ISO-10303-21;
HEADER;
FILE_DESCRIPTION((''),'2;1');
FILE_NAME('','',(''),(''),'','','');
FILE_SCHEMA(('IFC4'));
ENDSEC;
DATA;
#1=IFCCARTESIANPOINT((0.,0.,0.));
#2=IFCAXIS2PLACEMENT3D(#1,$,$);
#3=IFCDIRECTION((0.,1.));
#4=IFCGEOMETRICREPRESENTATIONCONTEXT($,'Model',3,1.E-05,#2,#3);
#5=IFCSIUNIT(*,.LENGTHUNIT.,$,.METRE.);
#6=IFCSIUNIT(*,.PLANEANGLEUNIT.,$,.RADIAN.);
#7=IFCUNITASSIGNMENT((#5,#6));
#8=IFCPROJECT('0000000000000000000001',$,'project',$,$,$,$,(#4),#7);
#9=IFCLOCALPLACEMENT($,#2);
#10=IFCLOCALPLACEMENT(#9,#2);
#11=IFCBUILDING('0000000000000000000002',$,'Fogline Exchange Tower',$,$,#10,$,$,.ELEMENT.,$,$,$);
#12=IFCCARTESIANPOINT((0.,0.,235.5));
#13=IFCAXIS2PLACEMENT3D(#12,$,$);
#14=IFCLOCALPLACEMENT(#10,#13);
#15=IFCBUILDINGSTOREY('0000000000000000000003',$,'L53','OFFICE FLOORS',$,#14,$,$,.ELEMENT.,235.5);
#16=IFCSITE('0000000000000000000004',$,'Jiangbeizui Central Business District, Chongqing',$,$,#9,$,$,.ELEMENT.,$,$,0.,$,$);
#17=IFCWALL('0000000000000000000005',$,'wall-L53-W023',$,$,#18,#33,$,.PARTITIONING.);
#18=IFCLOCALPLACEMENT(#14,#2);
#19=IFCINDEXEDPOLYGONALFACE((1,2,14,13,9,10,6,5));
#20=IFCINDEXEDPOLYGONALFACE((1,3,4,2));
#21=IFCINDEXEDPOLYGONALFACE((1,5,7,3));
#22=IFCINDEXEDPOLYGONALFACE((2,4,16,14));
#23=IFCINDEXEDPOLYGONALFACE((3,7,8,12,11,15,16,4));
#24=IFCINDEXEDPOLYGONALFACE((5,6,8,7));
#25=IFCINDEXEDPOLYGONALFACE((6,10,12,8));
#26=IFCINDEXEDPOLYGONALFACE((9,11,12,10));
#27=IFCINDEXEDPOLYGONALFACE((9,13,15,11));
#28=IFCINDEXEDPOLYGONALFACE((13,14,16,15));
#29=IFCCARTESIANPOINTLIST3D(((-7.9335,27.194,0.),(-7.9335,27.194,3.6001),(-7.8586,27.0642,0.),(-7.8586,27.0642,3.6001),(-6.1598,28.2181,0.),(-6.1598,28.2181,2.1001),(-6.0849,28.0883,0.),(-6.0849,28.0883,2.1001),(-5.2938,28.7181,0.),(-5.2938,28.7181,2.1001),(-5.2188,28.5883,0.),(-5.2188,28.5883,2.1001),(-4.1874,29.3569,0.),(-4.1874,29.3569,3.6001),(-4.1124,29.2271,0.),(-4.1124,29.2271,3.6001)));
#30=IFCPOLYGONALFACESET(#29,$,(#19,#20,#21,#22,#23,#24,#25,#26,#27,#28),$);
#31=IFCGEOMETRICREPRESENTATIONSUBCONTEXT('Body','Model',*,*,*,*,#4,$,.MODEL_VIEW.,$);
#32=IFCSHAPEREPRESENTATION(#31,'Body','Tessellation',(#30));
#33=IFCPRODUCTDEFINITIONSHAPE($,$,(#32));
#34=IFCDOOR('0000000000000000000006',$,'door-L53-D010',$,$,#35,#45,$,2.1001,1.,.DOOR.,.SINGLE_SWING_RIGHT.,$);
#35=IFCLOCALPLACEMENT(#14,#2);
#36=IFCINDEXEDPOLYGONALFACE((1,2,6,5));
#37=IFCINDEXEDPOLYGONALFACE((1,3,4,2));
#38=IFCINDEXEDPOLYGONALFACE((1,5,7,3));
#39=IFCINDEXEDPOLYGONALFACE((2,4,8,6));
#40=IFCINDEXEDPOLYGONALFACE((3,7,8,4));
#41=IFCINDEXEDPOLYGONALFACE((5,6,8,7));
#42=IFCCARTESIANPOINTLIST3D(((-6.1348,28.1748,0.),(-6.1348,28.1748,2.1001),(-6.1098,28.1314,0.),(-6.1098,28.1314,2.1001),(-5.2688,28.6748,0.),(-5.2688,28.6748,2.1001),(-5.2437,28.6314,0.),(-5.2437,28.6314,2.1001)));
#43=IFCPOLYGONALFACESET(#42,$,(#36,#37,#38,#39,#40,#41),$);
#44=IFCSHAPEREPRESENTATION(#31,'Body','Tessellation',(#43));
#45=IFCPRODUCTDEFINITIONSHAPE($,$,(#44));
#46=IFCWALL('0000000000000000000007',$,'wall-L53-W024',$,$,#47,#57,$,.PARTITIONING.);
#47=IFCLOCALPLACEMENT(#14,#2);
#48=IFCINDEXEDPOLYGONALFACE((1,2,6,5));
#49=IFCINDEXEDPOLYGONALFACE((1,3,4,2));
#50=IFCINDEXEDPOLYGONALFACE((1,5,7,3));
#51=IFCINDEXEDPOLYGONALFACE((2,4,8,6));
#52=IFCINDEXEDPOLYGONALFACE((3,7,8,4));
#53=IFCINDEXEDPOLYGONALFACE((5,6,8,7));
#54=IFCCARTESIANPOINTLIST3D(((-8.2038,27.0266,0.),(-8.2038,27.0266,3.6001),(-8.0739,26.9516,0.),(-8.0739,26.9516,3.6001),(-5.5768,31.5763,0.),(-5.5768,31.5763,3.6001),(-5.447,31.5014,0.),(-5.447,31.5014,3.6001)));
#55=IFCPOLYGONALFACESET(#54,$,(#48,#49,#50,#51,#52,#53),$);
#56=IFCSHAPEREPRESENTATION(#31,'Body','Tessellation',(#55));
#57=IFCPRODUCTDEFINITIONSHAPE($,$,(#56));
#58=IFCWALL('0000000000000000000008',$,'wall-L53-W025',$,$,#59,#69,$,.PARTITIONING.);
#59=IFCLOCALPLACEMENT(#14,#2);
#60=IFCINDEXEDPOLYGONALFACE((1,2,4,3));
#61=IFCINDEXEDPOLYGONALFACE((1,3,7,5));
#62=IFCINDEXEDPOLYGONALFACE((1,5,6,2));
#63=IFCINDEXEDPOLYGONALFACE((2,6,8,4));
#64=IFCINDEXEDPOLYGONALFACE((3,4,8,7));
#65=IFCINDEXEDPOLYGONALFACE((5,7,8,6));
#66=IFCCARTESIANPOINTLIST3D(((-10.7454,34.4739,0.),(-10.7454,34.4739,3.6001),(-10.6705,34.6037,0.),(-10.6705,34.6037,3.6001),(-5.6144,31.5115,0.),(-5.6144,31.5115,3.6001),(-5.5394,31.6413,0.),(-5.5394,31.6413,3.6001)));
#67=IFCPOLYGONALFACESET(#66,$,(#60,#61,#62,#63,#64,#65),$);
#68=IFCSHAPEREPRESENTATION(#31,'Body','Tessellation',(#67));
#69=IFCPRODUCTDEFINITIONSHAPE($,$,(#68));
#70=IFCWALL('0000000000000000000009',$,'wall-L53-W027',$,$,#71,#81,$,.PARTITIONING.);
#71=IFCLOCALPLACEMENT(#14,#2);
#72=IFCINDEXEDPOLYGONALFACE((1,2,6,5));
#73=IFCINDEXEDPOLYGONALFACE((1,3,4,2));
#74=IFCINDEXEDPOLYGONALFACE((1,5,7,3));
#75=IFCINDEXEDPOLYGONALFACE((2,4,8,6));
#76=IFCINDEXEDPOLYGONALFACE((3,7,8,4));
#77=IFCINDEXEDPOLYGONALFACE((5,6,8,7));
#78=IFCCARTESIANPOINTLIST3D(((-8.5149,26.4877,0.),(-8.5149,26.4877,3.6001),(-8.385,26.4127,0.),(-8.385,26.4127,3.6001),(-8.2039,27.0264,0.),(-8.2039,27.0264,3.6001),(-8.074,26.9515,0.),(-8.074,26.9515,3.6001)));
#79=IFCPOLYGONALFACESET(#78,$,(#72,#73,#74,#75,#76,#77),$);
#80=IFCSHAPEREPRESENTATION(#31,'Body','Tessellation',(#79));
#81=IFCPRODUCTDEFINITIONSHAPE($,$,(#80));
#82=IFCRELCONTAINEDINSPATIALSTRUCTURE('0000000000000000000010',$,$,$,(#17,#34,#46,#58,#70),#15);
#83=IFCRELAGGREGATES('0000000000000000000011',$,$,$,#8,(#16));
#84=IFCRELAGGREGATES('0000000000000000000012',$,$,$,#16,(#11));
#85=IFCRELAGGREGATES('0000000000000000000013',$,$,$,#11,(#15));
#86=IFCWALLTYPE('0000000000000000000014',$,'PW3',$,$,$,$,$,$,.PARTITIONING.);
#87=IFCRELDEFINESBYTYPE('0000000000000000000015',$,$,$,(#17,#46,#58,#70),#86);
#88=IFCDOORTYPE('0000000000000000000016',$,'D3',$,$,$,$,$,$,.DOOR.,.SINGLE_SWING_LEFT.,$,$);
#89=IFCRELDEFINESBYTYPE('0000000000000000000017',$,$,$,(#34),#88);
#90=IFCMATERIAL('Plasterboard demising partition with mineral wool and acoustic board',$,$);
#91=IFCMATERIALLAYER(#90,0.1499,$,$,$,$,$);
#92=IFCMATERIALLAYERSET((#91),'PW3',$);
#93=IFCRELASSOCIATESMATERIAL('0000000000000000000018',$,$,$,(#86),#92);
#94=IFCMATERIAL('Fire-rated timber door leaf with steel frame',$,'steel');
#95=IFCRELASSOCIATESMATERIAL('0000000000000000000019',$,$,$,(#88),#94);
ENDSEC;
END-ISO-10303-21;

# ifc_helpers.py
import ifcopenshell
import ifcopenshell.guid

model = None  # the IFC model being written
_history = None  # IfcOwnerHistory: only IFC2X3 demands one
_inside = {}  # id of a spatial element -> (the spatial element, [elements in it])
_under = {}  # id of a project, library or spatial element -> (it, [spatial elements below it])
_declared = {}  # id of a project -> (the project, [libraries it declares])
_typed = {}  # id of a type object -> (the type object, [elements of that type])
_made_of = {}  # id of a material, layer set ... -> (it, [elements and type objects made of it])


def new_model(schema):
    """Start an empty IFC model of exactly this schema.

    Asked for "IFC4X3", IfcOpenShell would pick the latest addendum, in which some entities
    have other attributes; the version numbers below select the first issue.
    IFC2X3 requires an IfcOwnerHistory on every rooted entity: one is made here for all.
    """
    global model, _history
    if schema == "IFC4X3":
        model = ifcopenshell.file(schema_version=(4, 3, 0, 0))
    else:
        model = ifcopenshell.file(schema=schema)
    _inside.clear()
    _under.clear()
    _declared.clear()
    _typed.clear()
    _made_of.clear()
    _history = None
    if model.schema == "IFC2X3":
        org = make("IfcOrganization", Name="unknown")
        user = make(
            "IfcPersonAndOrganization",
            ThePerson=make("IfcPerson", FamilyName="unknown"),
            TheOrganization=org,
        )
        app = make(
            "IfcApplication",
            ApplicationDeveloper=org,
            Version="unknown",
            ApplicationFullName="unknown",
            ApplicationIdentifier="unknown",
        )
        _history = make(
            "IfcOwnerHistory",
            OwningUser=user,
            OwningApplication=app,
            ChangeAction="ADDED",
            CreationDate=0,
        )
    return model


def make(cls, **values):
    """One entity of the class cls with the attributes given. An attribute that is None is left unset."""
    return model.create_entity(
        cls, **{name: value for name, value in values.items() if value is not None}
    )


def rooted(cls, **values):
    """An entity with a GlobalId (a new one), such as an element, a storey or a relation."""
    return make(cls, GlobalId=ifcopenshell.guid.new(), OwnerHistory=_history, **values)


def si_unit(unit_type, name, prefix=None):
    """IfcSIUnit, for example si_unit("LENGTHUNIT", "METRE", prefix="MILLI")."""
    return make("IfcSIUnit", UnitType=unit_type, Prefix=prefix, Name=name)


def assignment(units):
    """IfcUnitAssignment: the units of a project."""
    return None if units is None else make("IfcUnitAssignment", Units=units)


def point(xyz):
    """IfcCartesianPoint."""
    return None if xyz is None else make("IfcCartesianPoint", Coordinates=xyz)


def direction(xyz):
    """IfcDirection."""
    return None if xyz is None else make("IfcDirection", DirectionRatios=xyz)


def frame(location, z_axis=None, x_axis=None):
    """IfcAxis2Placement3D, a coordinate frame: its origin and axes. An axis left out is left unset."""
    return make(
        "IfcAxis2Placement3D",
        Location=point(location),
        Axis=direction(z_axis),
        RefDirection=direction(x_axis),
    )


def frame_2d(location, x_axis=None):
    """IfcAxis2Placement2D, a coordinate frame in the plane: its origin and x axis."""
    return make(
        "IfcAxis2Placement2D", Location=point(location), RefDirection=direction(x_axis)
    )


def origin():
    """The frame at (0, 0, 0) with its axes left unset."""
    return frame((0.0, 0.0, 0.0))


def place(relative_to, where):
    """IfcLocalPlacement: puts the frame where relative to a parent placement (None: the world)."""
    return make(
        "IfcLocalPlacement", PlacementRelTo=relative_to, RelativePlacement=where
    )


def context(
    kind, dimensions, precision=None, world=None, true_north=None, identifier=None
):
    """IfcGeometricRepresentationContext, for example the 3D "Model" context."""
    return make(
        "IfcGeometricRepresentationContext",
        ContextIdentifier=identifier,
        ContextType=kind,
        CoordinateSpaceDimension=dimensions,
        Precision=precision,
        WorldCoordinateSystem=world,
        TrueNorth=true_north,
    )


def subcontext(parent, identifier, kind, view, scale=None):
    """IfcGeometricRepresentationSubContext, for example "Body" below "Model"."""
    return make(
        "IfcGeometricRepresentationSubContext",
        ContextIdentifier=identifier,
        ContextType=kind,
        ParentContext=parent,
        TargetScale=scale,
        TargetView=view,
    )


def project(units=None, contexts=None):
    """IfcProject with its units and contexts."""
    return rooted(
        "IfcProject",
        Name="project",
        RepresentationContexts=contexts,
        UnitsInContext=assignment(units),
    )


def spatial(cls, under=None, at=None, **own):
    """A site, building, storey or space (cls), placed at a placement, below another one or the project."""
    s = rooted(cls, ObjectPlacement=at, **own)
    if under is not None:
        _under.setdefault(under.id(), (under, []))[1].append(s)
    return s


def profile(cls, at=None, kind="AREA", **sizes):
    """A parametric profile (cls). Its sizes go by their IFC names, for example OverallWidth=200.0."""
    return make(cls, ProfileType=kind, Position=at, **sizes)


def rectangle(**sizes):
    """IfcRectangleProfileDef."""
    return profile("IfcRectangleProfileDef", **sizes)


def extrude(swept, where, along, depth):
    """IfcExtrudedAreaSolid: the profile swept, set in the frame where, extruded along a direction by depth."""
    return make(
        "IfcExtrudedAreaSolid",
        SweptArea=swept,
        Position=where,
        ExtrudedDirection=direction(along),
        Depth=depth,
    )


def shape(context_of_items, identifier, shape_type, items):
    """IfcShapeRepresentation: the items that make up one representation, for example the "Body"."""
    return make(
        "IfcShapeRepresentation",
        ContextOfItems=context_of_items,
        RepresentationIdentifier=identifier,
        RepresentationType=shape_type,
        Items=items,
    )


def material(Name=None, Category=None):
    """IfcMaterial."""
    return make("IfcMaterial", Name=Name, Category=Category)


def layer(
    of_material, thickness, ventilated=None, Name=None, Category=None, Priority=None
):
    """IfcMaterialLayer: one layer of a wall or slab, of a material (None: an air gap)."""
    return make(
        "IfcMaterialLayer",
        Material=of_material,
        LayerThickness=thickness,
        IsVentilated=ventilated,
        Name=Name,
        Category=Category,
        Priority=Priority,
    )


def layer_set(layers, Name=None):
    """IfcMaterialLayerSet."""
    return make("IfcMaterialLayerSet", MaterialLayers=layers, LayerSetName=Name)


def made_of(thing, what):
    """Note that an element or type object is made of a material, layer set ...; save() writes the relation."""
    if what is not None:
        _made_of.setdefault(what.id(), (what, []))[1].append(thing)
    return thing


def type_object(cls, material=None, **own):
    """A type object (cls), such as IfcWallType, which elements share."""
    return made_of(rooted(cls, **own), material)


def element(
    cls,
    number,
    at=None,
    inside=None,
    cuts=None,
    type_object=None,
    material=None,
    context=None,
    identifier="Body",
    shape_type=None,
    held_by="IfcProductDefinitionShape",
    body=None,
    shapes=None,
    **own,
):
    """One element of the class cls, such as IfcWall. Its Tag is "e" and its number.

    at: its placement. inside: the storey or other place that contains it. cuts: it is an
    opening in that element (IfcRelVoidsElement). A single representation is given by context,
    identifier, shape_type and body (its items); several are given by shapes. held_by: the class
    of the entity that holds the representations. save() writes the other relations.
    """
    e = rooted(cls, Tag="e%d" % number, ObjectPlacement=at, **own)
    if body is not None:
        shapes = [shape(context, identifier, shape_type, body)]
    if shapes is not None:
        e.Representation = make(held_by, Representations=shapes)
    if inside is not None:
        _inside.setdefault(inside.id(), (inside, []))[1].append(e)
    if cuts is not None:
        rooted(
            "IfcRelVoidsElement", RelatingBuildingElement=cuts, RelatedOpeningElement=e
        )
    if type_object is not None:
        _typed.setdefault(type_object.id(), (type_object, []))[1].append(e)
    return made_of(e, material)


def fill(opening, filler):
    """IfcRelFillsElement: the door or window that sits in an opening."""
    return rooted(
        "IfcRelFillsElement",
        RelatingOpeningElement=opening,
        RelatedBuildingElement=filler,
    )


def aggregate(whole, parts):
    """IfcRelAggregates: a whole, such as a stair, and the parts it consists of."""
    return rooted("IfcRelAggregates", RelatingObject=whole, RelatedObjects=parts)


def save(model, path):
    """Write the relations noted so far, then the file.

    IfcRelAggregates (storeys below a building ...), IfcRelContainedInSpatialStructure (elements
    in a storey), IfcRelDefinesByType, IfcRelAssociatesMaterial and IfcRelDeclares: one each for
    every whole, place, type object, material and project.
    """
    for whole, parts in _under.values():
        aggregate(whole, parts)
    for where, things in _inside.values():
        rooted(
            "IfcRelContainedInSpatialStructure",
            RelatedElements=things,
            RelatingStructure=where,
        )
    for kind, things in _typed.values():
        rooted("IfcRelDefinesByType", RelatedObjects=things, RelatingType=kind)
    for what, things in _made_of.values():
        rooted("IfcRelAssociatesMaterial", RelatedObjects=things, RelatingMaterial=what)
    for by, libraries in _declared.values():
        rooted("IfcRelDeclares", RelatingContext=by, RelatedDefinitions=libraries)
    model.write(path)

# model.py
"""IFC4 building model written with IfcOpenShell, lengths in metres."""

from ifc_helpers import new_model, si_unit, direction, frame, frame_2d, origin, place, context, subcontext, project, spatial, rectangle, extrude, material, layer, layer_set, type_object, element, fill, save


model = new_model("IFC4")

# Units and contexts
model_context = context("Model", 3, precision=1e-05, world=origin(), true_north=direction((0.0, 1.0)))
body_context = subcontext(model_context, "Body", "Model", "MODEL_VIEW")
ifc_project = project(units=[si_unit("LENGTHUNIT", "METRE"), si_unit("PLANEANGLEUNIT", "RADIAN")], contexts=[model_context])

# Site, building, storey
site_placement = place(None, origin())
site = spatial("IfcSite", under=ifc_project, at=site_placement, Name="Jiangbeizui Central Business District, Chongqing", CompositionType="ELEMENT", RefElevation=0.0)
building_placement = place(site_placement, origin())
building = spatial("IfcBuilding", under=site, at=building_placement, Name="Fogline Exchange Tower", CompositionType="ELEMENT")
storey_placement = place(building_placement, frame((0.0, 0.0, 235.5)))
storey = spatial("IfcBuildingStorey", under=building, at=storey_placement, Name="L53", Description="OFFICE FLOORS", CompositionType="ELEMENT", Elevation=235.5)

# Wall, opening, door
ifc_material_1 = material(Name="Plasterboard demising partition with mineral wool and acoustic board")
ifc_layer_1 = layer(ifc_material_1, 0.1499)
ifc_layer_set_1 = layer_set([ifc_layer_1], Name="PW3")
wall_type_1 = type_object("IfcWallType", Name="PW3", PredefinedType="PARTITIONING", material=ifc_layer_set_1)
wall_1_placement = place(storey_placement, frame((-4.1499, 29.292, 0.0), z_axis=(0.0, 0.0, 1.0), x_axis=(-0.866022, -0.500006, 0.0)))
wall_1 = element("IfcWall", 1, at=wall_1_placement, inside=storey, type_object=wall_type_1, Name="wall-L53-W023", PredefinedType="PARTITIONING", context=body_context, shape_type="SweptSolid", body=[
    extrude(rectangle(XDim=4.3257, YDim=0.1499, at=frame_2d((2.1628, 0.0))), origin(), (0.0, 0.0, 1.0), 3.6001),
])
opening_1_placement = place(wall_1_placement, frame((1.2776, 0.0, 0.0)))
opening_1 = element("IfcOpeningElement", 2, at=opening_1_placement, cuts=wall_1, PredefinedType="OPENING", context=body_context, shape_type="SweptSolid", body=[
    extrude(rectangle(XDim=1.0, YDim=2.1001, at=frame_2d((0.5, 1.05))), frame((0.0, 0.085, 0.0), z_axis=(0.0, -1.0, 0.0), x_axis=(1.0, 0.0, 0.0)), (0.0, 0.0, 1.0), 0.1699),
])
ifc_material_2 = material(Name="Fire-rated timber door leaf with steel frame", Category="steel")
door_type_1 = type_object("IfcDoorType", Name="D3", OperationType="SINGLE_SWING_LEFT", PredefinedType="DOOR", material=ifc_material_2)
door_1_placement = place(opening_1_placement, frame((1.0, 0.0, 0.0), z_axis=(0.0, 0.0, 1.0), x_axis=(-1.0, 0.0, 0.0)))
door_1 = element("IfcDoor", 3, at=door_1_placement, inside=storey, type_object=door_type_1, Name="door-L53-D010", OperationType="SINGLE_SWING_RIGHT", OverallHeight=2.1001, OverallWidth=1.0, PredefinedType="DOOR", context=body_context, shape_type="SweptSolid", body=[
    extrude(rectangle(XDim=1.0, YDim=2.1001, at=frame_2d((0.5, 1.05))), frame((0.0, 0.0249, 0.0), z_axis=(0.0, -1.0, 0.0), x_axis=(1.0, 0.0, 0.0)), (0.0, 0.0, 1.0), 0.05),
])
fill(opening_1, door_1)

# Walls
wall_2_placement = place(storey_placement, frame((-8.1389, 26.989, 0.0), z_axis=(0.0, 0.0, 1.0), x_axis=(0.500017, 0.866015, 0.0)))
element("IfcWall", 4, at=wall_2_placement, inside=storey, type_object=wall_type_1, Name="wall-L53-W024", PredefinedType="PARTITIONING", context=body_context, shape_type="SweptSolid", body=[
    extrude(rectangle(XDim=5.2537, YDim=0.1499, at=frame_2d((2.627, 0.0))), origin(), (0.0, 0.0, 1.0), 3.6001),
])
wall_3_placement = place(storey_placement, frame((-5.5769, 31.5764, 0.0), z_axis=(0.0, 0.0, 1.0), x_axis=(-0.866028, 0.499995, 0.0)))
element("IfcWall", 5, at=wall_3_placement, inside=storey, type_object=wall_type_1, Name="wall-L53-W025", PredefinedType="PARTITIONING", context=body_context, shape_type="SweptSolid", body=[
    extrude(rectangle(XDim=5.9248, YDim=0.1499, at=frame_2d((2.9624, 0.0))), origin(), (0.0, 0.0, 1.0), 3.6001),
])
wall_4_placement = place(storey_placement, frame((-8.45, 26.4502, 0.0), z_axis=(0.0, 0.0, 1.0), x_axis=(0.499938, 0.866061, 0.0)))
element("IfcWall", 6, at=wall_4_placement, inside=storey, type_object=wall_type_1, Name="wall-L53-W027", PredefinedType="PARTITIONING", context=body_context, shape_type="SweptSolid", body=[
    extrude(rectangle(XDim=0.6221, YDim=0.1499, at=frame_2d((0.311, 0.0))), origin(), (0.0, 0.0, 1.0), 3.6001),
])

save(model, "model.ifc")
